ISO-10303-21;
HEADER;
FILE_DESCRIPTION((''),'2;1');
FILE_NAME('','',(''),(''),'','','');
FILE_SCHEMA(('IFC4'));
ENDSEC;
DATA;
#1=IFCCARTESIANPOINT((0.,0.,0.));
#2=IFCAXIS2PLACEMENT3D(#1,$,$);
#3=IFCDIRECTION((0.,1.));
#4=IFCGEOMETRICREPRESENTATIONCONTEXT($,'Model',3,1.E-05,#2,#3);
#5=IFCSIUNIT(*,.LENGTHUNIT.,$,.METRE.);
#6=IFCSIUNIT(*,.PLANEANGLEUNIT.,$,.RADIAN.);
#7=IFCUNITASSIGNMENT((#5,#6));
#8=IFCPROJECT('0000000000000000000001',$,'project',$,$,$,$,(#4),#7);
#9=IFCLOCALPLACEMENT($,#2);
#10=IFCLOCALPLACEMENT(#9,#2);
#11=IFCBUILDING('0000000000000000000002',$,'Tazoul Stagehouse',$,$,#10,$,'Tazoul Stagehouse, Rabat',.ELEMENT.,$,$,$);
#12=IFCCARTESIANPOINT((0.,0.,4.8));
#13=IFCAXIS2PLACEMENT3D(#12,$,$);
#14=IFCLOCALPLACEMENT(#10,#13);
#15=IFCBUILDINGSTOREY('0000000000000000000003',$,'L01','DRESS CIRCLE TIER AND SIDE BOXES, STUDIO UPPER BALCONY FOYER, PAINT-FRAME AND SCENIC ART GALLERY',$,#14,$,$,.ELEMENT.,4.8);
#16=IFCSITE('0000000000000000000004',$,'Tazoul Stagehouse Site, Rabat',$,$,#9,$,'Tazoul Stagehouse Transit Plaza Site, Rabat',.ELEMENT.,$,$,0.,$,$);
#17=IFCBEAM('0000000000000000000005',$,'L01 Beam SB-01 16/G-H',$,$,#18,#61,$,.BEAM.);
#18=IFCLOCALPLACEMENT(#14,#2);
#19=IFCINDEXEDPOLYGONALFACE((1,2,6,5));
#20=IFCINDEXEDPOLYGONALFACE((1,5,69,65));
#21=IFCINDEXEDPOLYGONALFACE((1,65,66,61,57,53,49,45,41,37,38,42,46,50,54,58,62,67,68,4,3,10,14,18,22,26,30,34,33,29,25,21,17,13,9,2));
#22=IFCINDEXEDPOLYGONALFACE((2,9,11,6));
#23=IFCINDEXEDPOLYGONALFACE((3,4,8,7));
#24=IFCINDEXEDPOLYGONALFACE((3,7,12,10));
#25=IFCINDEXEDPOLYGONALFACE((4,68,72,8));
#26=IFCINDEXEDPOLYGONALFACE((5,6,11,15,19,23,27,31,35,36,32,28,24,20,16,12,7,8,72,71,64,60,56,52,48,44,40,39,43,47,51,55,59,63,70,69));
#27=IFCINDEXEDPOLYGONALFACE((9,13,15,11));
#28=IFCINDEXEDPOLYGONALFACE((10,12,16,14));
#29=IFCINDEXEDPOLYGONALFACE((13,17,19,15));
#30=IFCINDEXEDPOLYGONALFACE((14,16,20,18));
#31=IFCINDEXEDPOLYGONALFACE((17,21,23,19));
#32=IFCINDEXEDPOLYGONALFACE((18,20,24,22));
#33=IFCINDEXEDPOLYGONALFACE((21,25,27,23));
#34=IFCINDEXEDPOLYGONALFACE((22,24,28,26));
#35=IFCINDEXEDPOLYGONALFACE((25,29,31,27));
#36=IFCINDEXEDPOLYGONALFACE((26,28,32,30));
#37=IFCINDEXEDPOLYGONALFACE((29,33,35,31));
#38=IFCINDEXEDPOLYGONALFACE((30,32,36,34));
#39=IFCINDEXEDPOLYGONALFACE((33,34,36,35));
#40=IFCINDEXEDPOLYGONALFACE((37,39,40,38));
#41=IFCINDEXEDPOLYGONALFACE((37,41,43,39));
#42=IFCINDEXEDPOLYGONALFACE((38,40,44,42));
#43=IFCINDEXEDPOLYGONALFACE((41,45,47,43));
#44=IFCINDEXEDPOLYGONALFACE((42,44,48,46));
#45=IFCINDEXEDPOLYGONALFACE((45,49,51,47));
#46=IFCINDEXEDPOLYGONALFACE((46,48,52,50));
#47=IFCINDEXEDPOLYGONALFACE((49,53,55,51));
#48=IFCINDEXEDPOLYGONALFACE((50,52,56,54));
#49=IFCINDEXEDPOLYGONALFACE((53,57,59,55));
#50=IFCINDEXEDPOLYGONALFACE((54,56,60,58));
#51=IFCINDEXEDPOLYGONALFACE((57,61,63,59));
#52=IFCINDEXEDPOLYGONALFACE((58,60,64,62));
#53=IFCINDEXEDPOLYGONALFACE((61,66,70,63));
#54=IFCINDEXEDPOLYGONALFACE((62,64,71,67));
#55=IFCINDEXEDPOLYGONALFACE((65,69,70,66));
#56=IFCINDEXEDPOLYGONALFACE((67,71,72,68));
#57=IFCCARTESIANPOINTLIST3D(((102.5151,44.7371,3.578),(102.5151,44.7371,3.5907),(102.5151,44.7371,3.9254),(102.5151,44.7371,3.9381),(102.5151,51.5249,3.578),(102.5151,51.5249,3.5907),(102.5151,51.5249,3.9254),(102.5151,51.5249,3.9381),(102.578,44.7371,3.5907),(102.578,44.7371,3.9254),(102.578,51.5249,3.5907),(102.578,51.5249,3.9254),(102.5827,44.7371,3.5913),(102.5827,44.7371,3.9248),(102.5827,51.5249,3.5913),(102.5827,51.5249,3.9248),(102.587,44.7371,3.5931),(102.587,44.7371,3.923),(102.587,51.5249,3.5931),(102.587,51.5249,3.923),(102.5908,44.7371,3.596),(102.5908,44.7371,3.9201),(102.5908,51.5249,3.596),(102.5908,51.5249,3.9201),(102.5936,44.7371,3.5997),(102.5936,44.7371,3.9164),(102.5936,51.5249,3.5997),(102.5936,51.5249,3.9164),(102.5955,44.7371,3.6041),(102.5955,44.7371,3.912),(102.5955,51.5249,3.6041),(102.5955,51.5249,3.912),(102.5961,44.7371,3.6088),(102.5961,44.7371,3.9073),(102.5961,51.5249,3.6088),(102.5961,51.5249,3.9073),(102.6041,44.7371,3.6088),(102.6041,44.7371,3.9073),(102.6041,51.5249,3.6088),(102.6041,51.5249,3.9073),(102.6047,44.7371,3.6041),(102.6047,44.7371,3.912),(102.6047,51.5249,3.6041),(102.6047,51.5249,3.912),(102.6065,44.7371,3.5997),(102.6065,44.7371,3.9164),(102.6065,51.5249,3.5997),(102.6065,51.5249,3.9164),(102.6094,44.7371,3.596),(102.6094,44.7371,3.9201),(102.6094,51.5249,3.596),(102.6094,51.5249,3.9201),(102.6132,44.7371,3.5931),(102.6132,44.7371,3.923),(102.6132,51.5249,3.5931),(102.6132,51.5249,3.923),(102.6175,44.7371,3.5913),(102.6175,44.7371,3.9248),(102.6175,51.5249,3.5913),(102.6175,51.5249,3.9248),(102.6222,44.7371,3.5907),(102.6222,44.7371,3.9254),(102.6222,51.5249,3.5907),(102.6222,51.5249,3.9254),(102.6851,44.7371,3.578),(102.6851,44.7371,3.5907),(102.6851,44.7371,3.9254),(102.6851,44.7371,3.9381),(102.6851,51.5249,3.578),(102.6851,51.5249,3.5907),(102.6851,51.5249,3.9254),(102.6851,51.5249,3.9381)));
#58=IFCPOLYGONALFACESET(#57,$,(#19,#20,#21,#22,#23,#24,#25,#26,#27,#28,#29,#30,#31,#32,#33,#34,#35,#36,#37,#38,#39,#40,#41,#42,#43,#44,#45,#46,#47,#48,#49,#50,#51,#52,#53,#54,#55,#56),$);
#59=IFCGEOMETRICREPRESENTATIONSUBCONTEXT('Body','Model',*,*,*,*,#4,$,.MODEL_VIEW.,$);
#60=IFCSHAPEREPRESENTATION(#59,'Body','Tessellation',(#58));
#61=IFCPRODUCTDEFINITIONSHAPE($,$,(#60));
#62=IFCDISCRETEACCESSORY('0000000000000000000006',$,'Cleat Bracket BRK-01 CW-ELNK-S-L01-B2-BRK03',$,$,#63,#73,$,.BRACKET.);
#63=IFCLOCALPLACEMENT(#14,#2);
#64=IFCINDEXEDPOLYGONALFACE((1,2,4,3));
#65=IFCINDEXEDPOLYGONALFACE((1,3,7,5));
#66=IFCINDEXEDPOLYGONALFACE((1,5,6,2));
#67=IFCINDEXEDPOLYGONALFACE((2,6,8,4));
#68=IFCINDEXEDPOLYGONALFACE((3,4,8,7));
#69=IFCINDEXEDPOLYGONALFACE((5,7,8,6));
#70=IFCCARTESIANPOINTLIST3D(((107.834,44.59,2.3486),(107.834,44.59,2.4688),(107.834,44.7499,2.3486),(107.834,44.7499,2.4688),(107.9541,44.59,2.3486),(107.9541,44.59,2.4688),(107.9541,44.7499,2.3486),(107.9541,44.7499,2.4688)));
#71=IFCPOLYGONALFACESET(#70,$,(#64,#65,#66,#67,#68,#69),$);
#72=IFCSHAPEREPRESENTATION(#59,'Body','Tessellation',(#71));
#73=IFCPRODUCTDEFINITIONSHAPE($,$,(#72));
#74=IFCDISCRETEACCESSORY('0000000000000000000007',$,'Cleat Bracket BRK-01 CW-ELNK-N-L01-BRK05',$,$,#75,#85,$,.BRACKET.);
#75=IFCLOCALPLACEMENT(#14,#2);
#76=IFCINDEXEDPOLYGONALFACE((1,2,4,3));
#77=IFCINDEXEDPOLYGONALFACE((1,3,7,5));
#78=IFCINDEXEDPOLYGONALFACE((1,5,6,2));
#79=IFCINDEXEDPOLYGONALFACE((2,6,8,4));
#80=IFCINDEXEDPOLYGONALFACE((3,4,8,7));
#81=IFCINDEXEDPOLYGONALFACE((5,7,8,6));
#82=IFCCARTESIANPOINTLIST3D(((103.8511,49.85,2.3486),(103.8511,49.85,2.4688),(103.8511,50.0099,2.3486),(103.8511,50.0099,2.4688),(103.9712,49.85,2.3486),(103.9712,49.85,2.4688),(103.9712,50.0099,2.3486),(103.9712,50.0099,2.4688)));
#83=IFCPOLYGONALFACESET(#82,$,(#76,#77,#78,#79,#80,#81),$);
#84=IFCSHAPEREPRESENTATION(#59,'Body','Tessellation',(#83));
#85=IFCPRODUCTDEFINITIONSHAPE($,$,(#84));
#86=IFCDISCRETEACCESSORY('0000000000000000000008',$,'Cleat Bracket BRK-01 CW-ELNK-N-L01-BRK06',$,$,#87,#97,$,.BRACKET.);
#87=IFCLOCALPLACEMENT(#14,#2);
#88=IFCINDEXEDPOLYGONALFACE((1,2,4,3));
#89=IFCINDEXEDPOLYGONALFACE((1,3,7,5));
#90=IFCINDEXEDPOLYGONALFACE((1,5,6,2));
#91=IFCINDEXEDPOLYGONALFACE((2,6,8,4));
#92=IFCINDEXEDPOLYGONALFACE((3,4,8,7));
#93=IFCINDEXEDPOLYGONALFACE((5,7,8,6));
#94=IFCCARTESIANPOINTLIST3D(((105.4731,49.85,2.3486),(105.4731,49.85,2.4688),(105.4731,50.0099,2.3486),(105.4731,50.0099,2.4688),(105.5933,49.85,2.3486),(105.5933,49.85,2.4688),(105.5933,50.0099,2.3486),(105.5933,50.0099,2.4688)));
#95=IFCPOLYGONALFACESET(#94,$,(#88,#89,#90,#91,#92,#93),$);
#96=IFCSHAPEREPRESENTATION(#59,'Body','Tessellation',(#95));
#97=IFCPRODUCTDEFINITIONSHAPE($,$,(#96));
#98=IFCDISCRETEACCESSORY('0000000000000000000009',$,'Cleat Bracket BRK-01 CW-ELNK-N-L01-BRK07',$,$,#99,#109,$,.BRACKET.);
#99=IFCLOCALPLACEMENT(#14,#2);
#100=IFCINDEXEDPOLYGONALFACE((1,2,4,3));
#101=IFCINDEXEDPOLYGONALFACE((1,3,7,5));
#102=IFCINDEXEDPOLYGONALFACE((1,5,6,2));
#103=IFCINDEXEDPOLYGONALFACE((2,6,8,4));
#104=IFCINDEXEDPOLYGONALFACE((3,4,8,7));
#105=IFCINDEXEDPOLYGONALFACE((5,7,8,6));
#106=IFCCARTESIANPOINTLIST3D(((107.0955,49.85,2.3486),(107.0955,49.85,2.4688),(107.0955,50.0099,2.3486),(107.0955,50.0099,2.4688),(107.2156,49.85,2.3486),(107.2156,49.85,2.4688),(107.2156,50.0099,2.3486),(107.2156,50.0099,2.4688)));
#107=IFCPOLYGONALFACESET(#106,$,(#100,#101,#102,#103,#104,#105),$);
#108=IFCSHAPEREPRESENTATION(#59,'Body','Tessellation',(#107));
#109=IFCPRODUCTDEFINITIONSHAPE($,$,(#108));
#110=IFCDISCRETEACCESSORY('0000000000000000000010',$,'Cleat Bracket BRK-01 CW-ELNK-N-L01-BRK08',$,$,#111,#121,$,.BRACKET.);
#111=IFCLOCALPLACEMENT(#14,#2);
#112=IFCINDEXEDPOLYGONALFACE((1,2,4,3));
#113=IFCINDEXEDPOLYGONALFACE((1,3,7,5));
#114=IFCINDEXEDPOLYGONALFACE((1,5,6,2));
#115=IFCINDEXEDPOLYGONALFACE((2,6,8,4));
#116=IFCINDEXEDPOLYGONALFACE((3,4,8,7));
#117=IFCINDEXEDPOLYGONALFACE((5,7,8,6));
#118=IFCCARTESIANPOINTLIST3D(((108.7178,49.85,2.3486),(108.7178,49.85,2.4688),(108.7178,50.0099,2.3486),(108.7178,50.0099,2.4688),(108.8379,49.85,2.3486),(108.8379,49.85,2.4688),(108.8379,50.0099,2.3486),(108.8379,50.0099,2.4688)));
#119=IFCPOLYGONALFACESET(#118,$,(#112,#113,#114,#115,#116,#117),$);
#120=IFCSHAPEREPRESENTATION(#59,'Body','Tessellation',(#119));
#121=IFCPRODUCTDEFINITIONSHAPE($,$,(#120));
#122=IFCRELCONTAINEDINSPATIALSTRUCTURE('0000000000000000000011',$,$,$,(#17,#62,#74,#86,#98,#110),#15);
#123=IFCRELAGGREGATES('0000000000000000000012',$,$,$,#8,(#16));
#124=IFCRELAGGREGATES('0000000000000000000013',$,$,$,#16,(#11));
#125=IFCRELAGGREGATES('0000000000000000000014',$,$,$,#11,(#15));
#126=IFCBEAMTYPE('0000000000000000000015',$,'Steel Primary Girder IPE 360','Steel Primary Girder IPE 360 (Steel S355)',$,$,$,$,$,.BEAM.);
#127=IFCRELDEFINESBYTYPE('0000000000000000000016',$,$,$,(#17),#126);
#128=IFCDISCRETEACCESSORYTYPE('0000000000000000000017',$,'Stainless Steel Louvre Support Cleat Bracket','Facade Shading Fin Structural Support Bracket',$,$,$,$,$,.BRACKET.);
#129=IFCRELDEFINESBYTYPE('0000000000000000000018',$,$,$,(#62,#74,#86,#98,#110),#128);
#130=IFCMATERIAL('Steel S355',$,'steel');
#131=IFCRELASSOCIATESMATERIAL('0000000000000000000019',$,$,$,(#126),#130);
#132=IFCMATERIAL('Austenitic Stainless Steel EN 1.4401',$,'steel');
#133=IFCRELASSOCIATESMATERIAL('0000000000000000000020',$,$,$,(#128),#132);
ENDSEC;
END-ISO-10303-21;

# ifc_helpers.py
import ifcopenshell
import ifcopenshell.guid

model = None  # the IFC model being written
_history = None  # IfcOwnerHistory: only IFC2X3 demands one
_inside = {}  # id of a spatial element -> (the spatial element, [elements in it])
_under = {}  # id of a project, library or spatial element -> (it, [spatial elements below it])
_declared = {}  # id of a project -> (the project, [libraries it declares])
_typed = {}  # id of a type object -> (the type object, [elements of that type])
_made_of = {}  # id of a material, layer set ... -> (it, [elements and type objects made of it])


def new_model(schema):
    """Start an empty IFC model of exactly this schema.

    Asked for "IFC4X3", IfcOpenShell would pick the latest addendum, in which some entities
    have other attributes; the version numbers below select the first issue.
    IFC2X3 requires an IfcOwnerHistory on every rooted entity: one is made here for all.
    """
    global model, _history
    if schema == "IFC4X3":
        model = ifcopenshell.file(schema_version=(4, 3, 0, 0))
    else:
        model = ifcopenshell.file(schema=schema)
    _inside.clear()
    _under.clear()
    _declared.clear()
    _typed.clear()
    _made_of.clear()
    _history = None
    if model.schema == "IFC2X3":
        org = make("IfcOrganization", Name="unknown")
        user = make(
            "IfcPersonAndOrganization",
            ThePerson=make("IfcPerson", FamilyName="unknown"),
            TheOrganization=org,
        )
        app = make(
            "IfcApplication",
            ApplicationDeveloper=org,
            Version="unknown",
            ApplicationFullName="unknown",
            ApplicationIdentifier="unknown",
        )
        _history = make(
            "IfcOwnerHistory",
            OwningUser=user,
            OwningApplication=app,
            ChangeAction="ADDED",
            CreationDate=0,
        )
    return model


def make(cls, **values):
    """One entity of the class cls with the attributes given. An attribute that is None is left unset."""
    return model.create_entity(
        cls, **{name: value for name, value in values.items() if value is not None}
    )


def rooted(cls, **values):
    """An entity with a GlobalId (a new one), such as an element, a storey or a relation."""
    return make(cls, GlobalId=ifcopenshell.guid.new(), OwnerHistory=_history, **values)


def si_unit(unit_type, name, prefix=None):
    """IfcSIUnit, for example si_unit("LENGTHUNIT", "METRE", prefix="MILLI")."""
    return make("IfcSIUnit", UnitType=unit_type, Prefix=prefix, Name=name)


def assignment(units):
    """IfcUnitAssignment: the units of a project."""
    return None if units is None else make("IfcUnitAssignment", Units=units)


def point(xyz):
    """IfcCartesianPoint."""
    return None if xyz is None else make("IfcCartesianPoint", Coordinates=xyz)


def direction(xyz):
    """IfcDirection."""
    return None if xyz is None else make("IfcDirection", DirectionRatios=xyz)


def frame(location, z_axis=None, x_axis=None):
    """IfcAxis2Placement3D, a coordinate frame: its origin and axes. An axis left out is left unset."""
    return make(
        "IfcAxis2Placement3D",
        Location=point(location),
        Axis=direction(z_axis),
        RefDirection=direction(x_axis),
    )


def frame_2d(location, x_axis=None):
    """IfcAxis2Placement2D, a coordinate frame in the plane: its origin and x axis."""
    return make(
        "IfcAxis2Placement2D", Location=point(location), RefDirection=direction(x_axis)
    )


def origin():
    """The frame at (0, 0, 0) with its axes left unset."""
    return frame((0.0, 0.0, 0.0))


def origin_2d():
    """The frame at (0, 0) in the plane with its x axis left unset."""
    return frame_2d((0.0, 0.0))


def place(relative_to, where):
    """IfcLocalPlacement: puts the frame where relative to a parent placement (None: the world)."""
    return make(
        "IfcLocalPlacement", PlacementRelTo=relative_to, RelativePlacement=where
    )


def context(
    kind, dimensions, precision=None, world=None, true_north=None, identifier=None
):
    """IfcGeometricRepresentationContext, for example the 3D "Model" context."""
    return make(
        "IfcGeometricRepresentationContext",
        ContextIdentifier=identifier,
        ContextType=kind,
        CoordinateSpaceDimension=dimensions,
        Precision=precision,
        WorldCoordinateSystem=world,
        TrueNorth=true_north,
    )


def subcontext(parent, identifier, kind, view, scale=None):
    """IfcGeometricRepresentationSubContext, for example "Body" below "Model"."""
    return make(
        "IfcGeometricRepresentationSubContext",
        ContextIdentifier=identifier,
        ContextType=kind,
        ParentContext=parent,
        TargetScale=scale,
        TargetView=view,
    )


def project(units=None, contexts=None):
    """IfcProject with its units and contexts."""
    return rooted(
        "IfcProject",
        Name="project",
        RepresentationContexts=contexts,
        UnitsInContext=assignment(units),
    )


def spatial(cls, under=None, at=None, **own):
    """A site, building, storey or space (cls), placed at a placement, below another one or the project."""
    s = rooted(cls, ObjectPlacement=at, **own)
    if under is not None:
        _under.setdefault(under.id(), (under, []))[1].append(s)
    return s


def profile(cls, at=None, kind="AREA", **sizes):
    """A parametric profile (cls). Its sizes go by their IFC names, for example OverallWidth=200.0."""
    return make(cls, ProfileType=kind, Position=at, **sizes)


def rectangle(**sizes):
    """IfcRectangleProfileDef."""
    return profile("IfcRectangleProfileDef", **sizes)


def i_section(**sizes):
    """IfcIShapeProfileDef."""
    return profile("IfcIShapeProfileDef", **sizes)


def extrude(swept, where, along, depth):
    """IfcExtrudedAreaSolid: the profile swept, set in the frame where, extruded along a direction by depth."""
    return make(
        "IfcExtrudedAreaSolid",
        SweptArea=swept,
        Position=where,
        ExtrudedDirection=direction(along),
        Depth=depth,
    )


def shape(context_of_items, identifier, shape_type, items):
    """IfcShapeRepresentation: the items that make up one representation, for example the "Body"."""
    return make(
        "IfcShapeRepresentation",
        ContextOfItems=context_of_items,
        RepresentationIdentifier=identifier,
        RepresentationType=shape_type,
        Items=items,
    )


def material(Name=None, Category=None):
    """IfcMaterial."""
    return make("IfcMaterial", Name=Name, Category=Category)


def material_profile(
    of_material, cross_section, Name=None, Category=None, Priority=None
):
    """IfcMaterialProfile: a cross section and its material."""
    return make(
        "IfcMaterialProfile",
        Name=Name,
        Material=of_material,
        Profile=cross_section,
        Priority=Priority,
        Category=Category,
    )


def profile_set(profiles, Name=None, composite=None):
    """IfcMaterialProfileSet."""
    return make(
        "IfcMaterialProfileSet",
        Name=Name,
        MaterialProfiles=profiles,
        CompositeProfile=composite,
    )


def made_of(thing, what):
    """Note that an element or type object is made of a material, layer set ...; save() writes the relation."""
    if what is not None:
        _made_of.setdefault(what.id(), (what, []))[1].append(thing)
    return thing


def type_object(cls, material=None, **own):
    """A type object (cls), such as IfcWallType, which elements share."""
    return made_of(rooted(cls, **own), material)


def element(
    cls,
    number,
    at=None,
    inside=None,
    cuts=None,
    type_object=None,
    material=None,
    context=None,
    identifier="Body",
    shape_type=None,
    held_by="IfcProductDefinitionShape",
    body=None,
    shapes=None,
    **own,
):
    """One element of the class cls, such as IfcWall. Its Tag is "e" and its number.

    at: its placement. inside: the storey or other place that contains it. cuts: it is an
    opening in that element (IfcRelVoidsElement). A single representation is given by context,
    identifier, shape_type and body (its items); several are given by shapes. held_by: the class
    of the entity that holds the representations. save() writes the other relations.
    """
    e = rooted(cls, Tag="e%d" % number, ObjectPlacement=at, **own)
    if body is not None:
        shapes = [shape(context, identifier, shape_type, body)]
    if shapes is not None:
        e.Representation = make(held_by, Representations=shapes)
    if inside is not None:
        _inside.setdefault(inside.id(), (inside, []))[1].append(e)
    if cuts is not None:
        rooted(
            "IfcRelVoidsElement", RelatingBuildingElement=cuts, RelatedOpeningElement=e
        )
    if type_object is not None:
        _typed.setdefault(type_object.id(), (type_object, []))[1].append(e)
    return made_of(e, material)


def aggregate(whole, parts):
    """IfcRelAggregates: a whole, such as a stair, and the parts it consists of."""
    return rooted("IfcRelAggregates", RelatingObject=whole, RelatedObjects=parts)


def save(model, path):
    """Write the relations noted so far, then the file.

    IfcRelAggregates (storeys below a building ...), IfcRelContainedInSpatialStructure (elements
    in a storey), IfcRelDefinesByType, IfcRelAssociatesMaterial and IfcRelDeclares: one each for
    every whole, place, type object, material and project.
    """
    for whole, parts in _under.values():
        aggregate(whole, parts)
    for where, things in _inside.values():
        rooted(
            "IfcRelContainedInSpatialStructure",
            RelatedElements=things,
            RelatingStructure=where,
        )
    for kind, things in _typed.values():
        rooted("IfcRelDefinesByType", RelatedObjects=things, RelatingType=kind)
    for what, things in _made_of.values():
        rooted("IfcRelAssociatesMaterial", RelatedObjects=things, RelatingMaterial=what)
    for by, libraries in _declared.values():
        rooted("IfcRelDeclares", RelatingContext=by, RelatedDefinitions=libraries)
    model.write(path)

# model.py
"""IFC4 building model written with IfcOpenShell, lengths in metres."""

from ifc_helpers import new_model, si_unit, direction, frame, origin, origin_2d, place, context, subcontext, project, spatial, rectangle, i_section, extrude, material, material_profile, profile_set, type_object, element, save


model = new_model("IFC4")

# Units and contexts
model_context = context("Model", 3, precision=1e-05, world=origin(), true_north=direction((0.0, 1.0)))
body_context = subcontext(model_context, "Body", "Model", "MODEL_VIEW")
ifc_project = project(units=[si_unit("LENGTHUNIT", "METRE"), si_unit("PLANEANGLEUNIT", "RADIAN")], contexts=[model_context])

# Site, building, storey
site_placement = place(None, origin())
building_placement = place(site_placement, origin())
storey_placement = place(building_placement, frame((0.0, 0.0, 4.8)))
site = spatial("IfcSite", under=ifc_project, at=site_placement, Name="Tazoul Stagehouse Site, Rabat", LongName="Tazoul Stagehouse Transit Plaza Site, Rabat", CompositionType="ELEMENT", RefElevation=0.0)
building = spatial("IfcBuilding", under=site, at=building_placement, Name="Tazoul Stagehouse", LongName="Tazoul Stagehouse, Rabat", CompositionType="ELEMENT")
storey = spatial("IfcBuildingStorey", under=building, at=storey_placement, Name="L01", Description="DRESS CIRCLE TIER AND SIDE BOXES, STUDIO UPPER BALCONY FOYER, PAINT-FRAME AND SCENIC ART GALLERY", CompositionType="ELEMENT", Elevation=4.8)

# Beam
ifc_material_1 = material(Name="Steel S355", Category="steel")
ifc_material_profile_1 = material_profile(ifc_material_1, i_section(OverallWidth=0.1699, OverallDepth=0.3601, WebThickness=0.0081, FlangeThickness=0.0127, FilletRadius=0.0181, at=origin_2d()), Name="IPE 360")
ifc_profile_set_1 = profile_set([ifc_material_profile_1], Name="Steel S355")
beam_type = type_object("IfcBeamType", Name="Steel Primary Girder IPE 360", Description="Steel Primary Girder IPE 360 (Steel S355)", PredefinedType="BEAM", material=ifc_profile_set_1)
beam_placement = place(storey_placement, frame((102.6001, 44.7371, 3.7581), z_axis=(0.0, 1.0, 0.0), x_axis=(-1.0, 0.0, 0.0)))
element("IfcBeam", 1, at=beam_placement, inside=storey, type_object=beam_type, Name="L01 Beam SB-01 16/G-H", PredefinedType="BEAM", context=body_context, shape_type="SweptSolid", body=[
    extrude(i_section(OverallWidth=0.1699, OverallDepth=0.3601, WebThickness=0.0081, FlangeThickness=0.0127, FilletRadius=0.0181, at=origin_2d()), origin(), (0.0, 0.0, 1.0), 6.7878),
])

# Discrete accessories
ifc_material_2 = material(Name="Austenitic Stainless Steel EN 1.4401", Category="steel")
discrete_accessory_type = type_object("IfcDiscreteAccessoryType", Name="Stainless Steel Louvre Support Cleat Bracket", Description="Facade Shading Fin Structural Support Bracket", PredefinedType="BRACKET", material=ifc_material_2)
for number, where, z_axis, x_axis, name in (
    (2, (107.894, 44.6699, 2.3486), (0.0, 0.0, 1.0), (1.0, 0.0, 0.0), "Cleat Bracket BRK-01 CW-ELNK-S-L01-B2-BRK03"),
    (3, (103.9111, 49.9299, 2.3486), (0.0, 0.0, 1.0), (1.0, 0.0, 0.0), "Cleat Bracket BRK-01 CW-ELNK-N-L01-BRK05"),
    (4, (105.5332, 49.9299, 2.3486), (0.0, 0.0, 1.0), (1.0, 0.0, 0.0), "Cleat Bracket BRK-01 CW-ELNK-N-L01-BRK06"),
    (5, (107.1555, 49.9299, 2.3486), (0.0, 0.0, 1.0), (1.0, 0.0, 0.0), "Cleat Bracket BRK-01 CW-ELNK-N-L01-BRK07"),
    (6, (108.7778, 49.9299, 2.3486), (0.0, 0.0, 1.0), (1.0, 0.0, 0.0), "Cleat Bracket BRK-01 CW-ELNK-N-L01-BRK08"),
):
    element("IfcDiscreteAccessory", number, at=place(storey_placement, frame(where, z_axis=z_axis, x_axis=x_axis)), inside=storey, type_object=discrete_accessory_type, Name=name, PredefinedType="BRACKET", context=body_context, shape_type="SweptSolid", body=[
        extrude(rectangle(XDim=0.1201, YDim=0.1599, at=origin_2d()), origin(), (0.0, 0.0, 1.0), 0.1201),
    ])

save(model, "model.ifc")
